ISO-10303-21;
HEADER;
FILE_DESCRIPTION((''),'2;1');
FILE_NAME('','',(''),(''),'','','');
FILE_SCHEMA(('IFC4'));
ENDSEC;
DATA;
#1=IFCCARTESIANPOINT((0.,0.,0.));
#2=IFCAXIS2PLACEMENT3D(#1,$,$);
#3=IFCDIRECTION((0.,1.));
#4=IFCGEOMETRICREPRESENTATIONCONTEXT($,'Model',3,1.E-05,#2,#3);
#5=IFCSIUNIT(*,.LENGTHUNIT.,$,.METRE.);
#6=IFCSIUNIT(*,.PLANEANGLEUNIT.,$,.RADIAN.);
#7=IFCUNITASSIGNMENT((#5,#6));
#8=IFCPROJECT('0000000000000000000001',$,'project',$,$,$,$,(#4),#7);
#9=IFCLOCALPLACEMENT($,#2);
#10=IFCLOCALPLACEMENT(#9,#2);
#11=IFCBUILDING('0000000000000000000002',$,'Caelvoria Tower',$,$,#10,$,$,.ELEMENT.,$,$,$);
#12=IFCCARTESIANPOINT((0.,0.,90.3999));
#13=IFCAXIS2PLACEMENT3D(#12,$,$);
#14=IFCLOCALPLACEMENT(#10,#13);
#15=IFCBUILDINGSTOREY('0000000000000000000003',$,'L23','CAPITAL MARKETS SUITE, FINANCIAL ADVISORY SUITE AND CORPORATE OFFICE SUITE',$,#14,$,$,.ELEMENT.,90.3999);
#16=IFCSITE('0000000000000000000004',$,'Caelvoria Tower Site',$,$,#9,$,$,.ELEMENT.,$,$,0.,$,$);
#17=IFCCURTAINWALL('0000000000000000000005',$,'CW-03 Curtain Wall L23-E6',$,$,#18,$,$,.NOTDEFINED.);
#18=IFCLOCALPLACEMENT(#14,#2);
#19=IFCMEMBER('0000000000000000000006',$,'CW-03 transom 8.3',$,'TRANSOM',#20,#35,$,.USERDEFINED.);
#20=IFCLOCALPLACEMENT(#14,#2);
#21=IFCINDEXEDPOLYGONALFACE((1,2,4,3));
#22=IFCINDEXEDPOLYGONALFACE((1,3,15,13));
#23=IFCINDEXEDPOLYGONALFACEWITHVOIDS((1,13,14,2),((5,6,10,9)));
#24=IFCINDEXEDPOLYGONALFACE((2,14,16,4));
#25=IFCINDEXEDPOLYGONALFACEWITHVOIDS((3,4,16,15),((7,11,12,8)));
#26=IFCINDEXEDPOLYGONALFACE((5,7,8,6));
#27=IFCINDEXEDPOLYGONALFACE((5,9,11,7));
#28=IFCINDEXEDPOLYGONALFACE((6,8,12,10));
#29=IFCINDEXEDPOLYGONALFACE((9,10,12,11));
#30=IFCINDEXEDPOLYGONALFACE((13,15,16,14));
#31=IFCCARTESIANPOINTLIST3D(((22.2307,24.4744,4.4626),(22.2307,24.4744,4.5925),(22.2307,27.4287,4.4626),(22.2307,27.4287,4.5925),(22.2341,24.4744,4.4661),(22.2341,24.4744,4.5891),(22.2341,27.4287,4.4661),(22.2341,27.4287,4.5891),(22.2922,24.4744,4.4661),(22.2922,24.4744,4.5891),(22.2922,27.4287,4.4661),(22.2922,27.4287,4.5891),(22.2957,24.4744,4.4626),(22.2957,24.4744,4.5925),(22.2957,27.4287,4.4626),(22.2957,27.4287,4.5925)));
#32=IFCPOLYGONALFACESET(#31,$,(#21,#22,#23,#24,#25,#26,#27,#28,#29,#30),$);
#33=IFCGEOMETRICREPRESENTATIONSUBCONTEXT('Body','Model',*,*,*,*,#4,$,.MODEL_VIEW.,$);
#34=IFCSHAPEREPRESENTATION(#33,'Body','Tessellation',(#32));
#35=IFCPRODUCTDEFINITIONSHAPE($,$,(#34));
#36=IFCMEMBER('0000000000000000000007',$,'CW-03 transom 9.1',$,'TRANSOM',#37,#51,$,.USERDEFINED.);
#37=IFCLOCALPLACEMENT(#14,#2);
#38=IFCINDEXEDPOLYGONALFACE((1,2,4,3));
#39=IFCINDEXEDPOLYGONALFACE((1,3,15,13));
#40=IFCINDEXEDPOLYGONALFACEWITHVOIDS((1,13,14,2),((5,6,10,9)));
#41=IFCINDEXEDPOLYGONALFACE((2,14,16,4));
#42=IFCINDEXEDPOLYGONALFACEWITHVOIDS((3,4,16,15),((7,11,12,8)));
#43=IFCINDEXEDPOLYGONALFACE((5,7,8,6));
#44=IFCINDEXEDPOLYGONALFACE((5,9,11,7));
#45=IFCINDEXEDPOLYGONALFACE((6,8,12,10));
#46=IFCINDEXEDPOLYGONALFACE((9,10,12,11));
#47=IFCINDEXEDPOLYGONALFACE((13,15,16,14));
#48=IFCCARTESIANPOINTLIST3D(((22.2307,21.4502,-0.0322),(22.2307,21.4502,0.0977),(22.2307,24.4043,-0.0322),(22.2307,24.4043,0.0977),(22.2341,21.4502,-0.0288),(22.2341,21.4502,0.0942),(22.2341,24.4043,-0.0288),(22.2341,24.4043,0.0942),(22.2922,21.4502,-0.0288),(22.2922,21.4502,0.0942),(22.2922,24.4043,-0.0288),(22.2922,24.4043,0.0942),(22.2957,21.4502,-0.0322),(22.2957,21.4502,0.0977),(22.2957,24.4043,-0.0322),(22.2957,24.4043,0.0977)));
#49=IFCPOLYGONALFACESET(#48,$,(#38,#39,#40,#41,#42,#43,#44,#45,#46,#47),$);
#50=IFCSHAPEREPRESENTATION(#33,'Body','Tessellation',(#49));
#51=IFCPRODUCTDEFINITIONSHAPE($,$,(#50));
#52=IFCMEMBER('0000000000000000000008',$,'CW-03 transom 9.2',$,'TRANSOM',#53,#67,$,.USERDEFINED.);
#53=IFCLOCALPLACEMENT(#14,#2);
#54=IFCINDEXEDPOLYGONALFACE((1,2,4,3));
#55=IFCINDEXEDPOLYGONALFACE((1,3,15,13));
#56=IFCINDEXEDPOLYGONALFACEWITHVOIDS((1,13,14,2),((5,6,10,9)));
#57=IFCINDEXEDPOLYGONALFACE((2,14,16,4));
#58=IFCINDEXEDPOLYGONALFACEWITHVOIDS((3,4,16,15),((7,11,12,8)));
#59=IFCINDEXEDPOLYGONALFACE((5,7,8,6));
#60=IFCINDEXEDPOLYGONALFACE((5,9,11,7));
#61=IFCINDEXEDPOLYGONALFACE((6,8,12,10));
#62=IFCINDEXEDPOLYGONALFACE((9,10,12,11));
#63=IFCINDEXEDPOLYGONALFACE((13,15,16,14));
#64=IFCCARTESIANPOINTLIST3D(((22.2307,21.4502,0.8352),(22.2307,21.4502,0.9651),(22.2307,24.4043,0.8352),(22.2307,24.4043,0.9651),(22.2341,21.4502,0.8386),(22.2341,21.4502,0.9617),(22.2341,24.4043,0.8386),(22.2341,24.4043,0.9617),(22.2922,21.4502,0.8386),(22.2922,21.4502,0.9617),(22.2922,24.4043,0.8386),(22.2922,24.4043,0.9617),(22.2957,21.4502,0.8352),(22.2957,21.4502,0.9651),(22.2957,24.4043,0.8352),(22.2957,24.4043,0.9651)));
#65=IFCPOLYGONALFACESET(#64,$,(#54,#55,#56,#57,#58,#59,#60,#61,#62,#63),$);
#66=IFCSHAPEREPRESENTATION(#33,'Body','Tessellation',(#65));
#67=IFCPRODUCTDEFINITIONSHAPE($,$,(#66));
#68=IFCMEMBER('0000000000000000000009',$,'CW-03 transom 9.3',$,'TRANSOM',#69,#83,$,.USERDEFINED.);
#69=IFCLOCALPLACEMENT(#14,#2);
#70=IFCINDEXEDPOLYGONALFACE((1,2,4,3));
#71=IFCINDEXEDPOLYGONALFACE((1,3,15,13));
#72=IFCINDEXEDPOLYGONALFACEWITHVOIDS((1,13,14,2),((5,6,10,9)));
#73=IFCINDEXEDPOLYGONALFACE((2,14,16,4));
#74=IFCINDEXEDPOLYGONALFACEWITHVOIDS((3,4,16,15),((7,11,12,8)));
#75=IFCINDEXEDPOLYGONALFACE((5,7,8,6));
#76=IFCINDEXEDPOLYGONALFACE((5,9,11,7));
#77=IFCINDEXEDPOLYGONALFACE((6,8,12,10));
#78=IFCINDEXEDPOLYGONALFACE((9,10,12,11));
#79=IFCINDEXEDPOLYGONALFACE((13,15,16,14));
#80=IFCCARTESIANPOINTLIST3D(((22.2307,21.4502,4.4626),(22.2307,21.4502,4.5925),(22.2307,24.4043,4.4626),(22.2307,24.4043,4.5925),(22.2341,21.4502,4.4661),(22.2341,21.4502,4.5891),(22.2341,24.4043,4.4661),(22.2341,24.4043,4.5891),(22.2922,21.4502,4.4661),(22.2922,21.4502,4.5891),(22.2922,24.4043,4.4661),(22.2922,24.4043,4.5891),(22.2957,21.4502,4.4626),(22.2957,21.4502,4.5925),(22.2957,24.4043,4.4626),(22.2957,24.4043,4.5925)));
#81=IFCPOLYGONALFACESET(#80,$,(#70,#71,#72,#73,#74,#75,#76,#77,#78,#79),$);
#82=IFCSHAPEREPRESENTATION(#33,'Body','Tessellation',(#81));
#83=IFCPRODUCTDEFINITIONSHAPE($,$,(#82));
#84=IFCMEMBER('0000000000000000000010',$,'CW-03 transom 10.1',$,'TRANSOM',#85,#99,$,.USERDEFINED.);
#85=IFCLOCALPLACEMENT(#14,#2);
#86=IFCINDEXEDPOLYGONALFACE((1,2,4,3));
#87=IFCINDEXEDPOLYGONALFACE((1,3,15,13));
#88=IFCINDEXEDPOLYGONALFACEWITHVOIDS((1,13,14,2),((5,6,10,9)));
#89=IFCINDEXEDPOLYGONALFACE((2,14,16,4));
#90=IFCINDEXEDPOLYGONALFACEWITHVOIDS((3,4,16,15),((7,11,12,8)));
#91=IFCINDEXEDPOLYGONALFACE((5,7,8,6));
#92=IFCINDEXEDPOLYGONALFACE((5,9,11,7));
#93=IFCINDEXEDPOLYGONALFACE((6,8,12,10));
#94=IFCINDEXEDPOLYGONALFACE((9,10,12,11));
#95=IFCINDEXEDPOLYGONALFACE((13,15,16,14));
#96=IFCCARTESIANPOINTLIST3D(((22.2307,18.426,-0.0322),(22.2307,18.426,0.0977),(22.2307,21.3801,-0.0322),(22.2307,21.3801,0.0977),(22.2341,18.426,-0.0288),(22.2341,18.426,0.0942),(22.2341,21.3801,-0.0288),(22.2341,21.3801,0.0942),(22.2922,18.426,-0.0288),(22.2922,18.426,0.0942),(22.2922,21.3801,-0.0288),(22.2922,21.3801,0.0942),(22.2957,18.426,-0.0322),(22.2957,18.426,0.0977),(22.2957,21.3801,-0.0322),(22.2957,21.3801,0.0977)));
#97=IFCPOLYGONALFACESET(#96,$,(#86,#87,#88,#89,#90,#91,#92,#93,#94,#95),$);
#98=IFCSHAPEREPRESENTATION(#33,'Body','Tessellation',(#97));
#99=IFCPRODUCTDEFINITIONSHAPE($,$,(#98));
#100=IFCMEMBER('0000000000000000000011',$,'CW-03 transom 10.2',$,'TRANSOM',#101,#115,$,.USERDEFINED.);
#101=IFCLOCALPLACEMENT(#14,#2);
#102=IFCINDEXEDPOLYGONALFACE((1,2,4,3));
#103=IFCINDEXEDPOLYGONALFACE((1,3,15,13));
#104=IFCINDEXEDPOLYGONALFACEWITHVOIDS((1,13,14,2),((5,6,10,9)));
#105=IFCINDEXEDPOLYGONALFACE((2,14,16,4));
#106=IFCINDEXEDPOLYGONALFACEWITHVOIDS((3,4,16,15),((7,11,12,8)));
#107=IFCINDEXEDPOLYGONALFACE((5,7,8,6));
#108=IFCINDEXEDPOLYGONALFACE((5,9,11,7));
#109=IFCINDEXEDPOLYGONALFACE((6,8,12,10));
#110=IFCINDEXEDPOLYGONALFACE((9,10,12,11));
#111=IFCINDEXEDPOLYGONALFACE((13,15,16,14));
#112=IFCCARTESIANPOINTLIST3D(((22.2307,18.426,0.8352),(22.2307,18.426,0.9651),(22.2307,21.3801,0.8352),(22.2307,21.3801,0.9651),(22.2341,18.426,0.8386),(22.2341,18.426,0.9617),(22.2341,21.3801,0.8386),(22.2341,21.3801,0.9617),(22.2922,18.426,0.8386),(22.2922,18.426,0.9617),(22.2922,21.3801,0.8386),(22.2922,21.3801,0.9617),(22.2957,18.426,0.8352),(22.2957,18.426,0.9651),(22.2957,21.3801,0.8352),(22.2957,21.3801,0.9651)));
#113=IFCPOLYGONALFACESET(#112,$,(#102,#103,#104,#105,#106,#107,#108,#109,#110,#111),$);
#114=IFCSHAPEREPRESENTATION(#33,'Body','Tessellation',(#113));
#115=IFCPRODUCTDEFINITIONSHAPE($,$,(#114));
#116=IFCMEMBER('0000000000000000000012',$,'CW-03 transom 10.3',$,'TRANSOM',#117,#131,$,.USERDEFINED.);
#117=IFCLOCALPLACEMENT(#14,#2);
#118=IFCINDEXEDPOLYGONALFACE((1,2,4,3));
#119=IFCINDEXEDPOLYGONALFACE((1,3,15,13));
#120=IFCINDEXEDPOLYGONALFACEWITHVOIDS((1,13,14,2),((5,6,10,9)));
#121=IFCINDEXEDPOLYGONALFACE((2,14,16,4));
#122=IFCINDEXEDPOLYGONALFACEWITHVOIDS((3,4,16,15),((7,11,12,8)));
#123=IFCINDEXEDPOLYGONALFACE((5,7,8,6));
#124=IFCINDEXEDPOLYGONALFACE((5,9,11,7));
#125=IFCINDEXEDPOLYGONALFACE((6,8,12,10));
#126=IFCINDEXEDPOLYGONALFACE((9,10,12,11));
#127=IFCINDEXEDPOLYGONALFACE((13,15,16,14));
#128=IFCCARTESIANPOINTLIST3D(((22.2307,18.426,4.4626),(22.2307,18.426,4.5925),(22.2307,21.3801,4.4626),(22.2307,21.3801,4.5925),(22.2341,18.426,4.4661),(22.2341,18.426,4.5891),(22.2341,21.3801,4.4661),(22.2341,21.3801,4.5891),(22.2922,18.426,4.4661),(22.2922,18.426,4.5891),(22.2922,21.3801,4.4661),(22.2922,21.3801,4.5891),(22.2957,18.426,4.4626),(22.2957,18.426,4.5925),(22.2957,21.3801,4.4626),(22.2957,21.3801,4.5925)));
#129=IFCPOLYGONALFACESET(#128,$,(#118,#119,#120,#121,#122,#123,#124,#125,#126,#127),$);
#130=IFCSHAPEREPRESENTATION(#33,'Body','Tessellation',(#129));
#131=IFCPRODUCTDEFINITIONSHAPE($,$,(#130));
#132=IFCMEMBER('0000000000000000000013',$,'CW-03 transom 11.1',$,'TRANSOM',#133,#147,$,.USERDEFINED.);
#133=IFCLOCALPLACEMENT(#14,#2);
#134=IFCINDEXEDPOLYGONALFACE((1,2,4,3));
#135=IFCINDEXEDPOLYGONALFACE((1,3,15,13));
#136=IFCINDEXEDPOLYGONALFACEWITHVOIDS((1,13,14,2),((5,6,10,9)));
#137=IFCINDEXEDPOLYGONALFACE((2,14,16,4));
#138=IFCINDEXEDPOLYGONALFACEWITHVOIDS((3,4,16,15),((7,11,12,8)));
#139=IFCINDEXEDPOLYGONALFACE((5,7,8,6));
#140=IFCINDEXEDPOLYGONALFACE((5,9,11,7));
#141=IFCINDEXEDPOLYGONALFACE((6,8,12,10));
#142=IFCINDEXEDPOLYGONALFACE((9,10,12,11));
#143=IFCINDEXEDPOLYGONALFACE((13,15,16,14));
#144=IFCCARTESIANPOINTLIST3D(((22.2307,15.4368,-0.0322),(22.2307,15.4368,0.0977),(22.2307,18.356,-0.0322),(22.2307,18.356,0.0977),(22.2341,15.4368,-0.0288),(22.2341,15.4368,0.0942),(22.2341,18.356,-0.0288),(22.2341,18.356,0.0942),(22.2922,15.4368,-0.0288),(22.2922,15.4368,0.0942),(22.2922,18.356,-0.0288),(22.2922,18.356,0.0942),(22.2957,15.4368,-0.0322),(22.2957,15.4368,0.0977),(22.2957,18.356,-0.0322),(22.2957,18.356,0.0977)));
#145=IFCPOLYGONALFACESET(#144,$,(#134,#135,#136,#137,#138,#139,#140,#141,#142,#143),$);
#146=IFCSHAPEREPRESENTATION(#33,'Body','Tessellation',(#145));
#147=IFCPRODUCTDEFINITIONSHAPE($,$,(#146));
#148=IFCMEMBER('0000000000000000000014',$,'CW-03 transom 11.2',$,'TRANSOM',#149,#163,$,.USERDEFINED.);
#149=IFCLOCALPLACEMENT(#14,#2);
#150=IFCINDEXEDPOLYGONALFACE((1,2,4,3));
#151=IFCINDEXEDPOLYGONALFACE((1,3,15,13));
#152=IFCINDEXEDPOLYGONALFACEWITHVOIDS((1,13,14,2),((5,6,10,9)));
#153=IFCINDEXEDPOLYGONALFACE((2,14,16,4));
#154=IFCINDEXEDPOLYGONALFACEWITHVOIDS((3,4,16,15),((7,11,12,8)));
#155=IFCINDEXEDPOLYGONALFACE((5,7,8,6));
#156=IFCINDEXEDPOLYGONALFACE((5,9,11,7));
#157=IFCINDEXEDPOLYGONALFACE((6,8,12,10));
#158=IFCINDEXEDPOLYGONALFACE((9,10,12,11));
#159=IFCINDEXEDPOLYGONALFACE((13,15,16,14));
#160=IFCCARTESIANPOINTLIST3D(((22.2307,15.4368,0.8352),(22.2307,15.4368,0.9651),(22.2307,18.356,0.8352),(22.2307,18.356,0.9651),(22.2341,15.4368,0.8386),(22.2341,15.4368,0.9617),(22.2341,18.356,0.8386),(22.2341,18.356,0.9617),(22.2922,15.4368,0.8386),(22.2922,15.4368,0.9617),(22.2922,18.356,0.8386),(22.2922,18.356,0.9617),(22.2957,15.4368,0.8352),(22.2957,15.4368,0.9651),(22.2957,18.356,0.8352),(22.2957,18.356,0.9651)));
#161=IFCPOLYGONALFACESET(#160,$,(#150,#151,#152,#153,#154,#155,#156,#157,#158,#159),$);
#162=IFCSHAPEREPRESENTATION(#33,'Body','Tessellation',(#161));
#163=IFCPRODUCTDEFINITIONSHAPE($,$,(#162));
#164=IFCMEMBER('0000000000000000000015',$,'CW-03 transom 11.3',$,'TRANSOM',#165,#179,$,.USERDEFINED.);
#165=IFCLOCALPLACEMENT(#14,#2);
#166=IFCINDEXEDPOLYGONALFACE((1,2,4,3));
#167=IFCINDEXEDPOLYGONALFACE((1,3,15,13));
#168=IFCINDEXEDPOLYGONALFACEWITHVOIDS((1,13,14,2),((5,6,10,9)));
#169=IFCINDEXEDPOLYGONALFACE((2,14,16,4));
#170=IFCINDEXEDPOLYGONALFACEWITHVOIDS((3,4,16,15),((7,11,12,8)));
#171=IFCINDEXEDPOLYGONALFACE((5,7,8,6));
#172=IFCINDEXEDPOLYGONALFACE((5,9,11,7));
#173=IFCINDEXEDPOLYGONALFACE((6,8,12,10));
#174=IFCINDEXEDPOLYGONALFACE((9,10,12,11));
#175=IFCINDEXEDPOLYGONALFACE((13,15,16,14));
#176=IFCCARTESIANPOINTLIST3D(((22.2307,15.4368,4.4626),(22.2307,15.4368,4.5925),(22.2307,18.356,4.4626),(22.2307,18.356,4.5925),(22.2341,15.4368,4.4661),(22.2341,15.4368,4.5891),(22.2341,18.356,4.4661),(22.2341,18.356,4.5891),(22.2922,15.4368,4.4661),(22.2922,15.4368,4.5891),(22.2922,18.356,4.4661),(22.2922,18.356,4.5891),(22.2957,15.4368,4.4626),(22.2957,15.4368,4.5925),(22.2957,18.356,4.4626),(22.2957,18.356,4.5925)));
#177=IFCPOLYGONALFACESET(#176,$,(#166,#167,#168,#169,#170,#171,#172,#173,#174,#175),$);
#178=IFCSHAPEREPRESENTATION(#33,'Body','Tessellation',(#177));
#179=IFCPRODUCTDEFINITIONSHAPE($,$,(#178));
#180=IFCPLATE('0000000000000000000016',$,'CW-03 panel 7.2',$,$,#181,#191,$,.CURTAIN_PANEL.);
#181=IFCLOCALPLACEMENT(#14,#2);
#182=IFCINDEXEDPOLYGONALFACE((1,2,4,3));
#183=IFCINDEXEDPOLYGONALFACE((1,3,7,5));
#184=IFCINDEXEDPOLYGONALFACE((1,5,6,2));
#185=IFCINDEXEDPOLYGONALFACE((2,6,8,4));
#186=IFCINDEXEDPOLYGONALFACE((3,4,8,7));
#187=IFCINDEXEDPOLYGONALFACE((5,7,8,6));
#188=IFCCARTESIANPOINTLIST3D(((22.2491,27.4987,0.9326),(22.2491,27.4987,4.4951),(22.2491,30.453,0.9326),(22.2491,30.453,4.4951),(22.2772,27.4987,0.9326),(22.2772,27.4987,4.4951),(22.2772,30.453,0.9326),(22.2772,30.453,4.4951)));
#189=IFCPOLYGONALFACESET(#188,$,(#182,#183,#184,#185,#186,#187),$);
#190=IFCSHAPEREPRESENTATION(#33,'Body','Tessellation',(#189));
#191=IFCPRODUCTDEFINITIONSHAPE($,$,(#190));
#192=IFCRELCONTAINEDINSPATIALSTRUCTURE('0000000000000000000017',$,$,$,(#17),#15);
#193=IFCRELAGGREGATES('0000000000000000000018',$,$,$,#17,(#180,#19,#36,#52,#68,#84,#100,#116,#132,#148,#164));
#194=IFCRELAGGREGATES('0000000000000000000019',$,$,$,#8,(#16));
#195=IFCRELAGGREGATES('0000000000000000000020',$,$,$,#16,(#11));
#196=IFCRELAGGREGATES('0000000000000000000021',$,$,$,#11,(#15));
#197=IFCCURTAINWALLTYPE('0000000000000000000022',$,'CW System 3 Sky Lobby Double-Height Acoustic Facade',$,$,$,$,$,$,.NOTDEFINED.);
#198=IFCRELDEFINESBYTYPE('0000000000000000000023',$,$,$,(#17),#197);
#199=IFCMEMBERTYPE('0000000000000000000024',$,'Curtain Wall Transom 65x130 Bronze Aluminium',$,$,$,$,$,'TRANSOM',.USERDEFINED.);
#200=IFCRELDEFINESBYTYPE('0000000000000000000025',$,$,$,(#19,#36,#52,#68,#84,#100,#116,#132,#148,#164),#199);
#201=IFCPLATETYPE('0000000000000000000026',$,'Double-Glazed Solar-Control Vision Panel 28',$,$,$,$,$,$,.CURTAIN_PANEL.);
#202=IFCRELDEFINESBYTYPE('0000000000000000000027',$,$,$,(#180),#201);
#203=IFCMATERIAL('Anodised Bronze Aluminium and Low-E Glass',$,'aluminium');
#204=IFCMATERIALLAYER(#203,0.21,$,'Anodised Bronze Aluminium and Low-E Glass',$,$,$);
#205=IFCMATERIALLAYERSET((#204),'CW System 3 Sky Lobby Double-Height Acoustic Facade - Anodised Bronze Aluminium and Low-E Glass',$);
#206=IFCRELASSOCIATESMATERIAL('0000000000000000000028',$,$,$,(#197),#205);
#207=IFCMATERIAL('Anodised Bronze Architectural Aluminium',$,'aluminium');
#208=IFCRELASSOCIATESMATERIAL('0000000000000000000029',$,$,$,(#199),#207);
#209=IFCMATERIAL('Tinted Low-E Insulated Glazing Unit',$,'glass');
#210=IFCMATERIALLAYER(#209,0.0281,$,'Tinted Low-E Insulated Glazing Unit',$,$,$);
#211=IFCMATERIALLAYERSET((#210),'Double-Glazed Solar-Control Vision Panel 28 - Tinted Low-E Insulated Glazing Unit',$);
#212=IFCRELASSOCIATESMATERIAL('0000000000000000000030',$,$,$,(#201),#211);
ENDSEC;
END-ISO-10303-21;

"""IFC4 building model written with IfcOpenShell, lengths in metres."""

from ifc_helpers import new_model, si_unit, direction, frame, origin, origin_2d, place, context, subcontext, project, spatial, rectangle, hollow_rectangle, extrude, material, layer, layer_set, material_profile, profile_set, type_object, element, aggregate, save


model = new_model("IFC4")

# Units and contexts
model_context = context("Model", 3, precision=1e-05, world=origin(), true_north=direction((0.0, 1.0)))
body_context = subcontext(model_context, "Body", "Model", "MODEL_VIEW")
ifc_project = project(units=[si_unit("LENGTHUNIT", "METRE"), si_unit("PLANEANGLEUNIT", "RADIAN")], contexts=[model_context])

# Site, building, storey
site_placement = place(None, origin())
site = spatial("IfcSite", under=ifc_project, at=site_placement, Name="Caelvoria Tower Site", CompositionType="ELEMENT", RefElevation=0.0)
building_placement = place(site_placement, origin())
building = spatial("IfcBuilding", under=site, at=building_placement, Name="Caelvoria Tower", CompositionType="ELEMENT")
storey_placement = place(building_placement, frame((0.0, 0.0, 90.3999)))
storey = spatial("IfcBuildingStorey", under=building, at=storey_placement, Name="L23", Description="CAPITAL MARKETS SUITE, FINANCIAL ADVISORY SUITE AND CORPORATE OFFICE SUITE", CompositionType="ELEMENT", Elevation=90.3999)

# Curtain wall
ifc_material_1 = material(Name="Anodised Bronze Aluminium and Low-E Glass", Category="aluminium")
ifc_layer_1 = layer(ifc_material_1, 0.21, Name="Anodised Bronze Aluminium and Low-E Glass")
ifc_layer_set_1 = layer_set([ifc_layer_1], Name="CW System 3 Sky Lobby Double-Height Acoustic Facade - Anodised Bronze Aluminium and Low-E Glass")
curtain_wall_type = type_object("IfcCurtainWallType", Name="CW System 3 Sky Lobby Double-Height Acoustic Facade", PredefinedType="NOTDEFINED", material=ifc_layer_set_1)
curtain_wall_1_placement = place(storey_placement, origin())
curtain_wall_1 = element("IfcCurtainWall", 1, at=curtain_wall_1_placement, inside=storey, type_object=curtain_wall_type, Name="CW-03 Curtain Wall L23-E6", PredefinedType="NOTDEFINED")
ifc_material_2 = material(Name="Anodised Bronze Architectural Aluminium", Category="aluminium")

# Members
ifc_material_profile_1 = material_profile(ifc_material_2, hollow_rectangle(XDim=0.0649, YDim=0.1299, WallThickness=0.0034, at=origin_2d()), Name="Anodised Bronze Architectural Aluminium")
ifc_profile_set_1 = profile_set([ifc_material_profile_1], Name="CW_TRAN_65X130 - Anodised Bronze Architectural Aluminium")
member_type_1 = type_object("IfcMemberType", Name="Curtain Wall Transom 65x130 Bronze Aluminium", ElementType="TRANSOM", PredefinedType="USERDEFINED", material=ifc_profile_set_1)
member_1_placement = place(storey_placement, frame((22.2632, 27.4287, 4.5276), z_axis=(0.0, -1.0, 0.0), x_axis=(1.0, 0.0, 0.0)))
member_1 = element("IfcMember", 2, at=member_1_placement, type_object=member_type_1, Name="CW-03 transom 8.3", ObjectType="TRANSOM", PredefinedType="USERDEFINED", context=body_context, shape_type="SweptSolid", body=[
    extrude(hollow_rectangle(XDim=0.0649, YDim=0.1299, WallThickness=0.0034, at=origin_2d()), origin(), (0.0, 0.0, 1.0), 2.9543),
])
member_2_placement = place(storey_placement, frame((22.2632, 24.4043, 0.0327), z_axis=(0.0, -1.0, 0.0), x_axis=(1.0, 0.0, 0.0)))
member_2 = element("IfcMember", 3, at=member_2_placement, type_object=member_type_1, Name="CW-03 transom 9.1", ObjectType="TRANSOM", PredefinedType="USERDEFINED", context=body_context, shape_type="SweptSolid", body=[
    extrude(hollow_rectangle(XDim=0.0649, YDim=0.1299, WallThickness=0.0034, at=origin_2d()), origin(), (0.0, 0.0, 1.0), 2.9541),
])
member_3_placement = place(storey_placement, frame((22.2632, 24.4043, 0.9001), z_axis=(0.0, -1.0, 0.0), x_axis=(1.0, 0.0, 0.0)))
member_3 = element("IfcMember", 4, at=member_3_placement, type_object=member_type_1, Name="CW-03 transom 9.2", ObjectType="TRANSOM", PredefinedType="USERDEFINED", context=body_context, shape_type="SweptSolid", body=[
    extrude(hollow_rectangle(XDim=0.0649, YDim=0.1299, WallThickness=0.0034, at=origin_2d()), origin(), (0.0, 0.0, 1.0), 2.9541),
])
member_4_placement = place(storey_placement, frame((22.2632, 24.4043, 4.5276), z_axis=(0.0, -1.0, 0.0), x_axis=(1.0, 0.0, 0.0)))
member_4 = element("IfcMember", 5, at=member_4_placement, type_object=member_type_1, Name="CW-03 transom 9.3", ObjectType="TRANSOM", PredefinedType="USERDEFINED", context=body_context, shape_type="SweptSolid", body=[
    extrude(hollow_rectangle(XDim=0.0649, YDim=0.1299, WallThickness=0.0034, at=origin_2d()), origin(), (0.0, 0.0, 1.0), 2.9541),
])
member_5_placement = place(storey_placement, frame((22.2632, 21.3801, 0.0327), z_axis=(0.0, -1.0, 0.0), x_axis=(1.0, 0.0, 0.0)))
member_5 = element("IfcMember", 6, at=member_5_placement, type_object=member_type_1, Name="CW-03 transom 10.1", ObjectType="TRANSOM", PredefinedType="USERDEFINED", context=body_context, shape_type="SweptSolid", body=[
    extrude(hollow_rectangle(XDim=0.0649, YDim=0.1299, WallThickness=0.0034, at=origin_2d()), origin(), (0.0, 0.0, 1.0), 2.9541),
])
member_6_placement = place(storey_placement, frame((22.2632, 21.3801, 0.9001), z_axis=(0.0, -1.0, 0.0), x_axis=(1.0, 0.0, 0.0)))
member_6 = element("IfcMember", 7, at=member_6_placement, type_object=member_type_1, Name="CW-03 transom 10.2", ObjectType="TRANSOM", PredefinedType="USERDEFINED", context=body_context, shape_type="SweptSolid", body=[
    extrude(hollow_rectangle(XDim=0.0649, YDim=0.1299, WallThickness=0.0034, at=origin_2d()), origin(), (0.0, 0.0, 1.0), 2.9541),
])
member_7_placement = place(storey_placement, frame((22.2632, 21.3801, 4.5276), z_axis=(0.0, -1.0, 0.0), x_axis=(1.0, 0.0, 0.0)))
member_7 = element("IfcMember", 8, at=member_7_placement, type_object=member_type_1, Name="CW-03 transom 10.3", ObjectType="TRANSOM", PredefinedType="USERDEFINED", context=body_context, shape_type="SweptSolid", body=[
    extrude(hollow_rectangle(XDim=0.0649, YDim=0.1299, WallThickness=0.0034, at=origin_2d()), origin(), (0.0, 0.0, 1.0), 2.9541),
])
member_8_placement = place(storey_placement, frame((22.2632, 18.356, 0.0327), z_axis=(0.0, -1.0, 0.0), x_axis=(1.0, 0.0, 0.0)))
member_8 = element("IfcMember", 9, at=member_8_placement, type_object=member_type_1, Name="CW-03 transom 11.1", ObjectType="TRANSOM", PredefinedType="USERDEFINED", context=body_context, shape_type="SweptSolid", body=[
    extrude(hollow_rectangle(XDim=0.0649, YDim=0.1299, WallThickness=0.0034, at=origin_2d()), origin(), (0.0, 0.0, 1.0), 2.9192),
])
member_9_placement = place(storey_placement, frame((22.2632, 18.356, 0.9001), z_axis=(0.0, -1.0, 0.0), x_axis=(1.0, 0.0, 0.0)))
member_9 = element("IfcMember", 10, at=member_9_placement, type_object=member_type_1, Name="CW-03 transom 11.2", ObjectType="TRANSOM", PredefinedType="USERDEFINED", context=body_context, shape_type="SweptSolid", body=[
    extrude(hollow_rectangle(XDim=0.0649, YDim=0.1299, WallThickness=0.0034, at=origin_2d()), origin(), (0.0, 0.0, 1.0), 2.9192),
])
member_10_placement = place(storey_placement, frame((22.2632, 18.356, 4.5276), z_axis=(0.0, -1.0, 0.0), x_axis=(1.0, 0.0, 0.0)))
member_10 = element("IfcMember", 11, at=member_10_placement, type_object=member_type_1, Name="CW-03 transom 11.3", ObjectType="TRANSOM", PredefinedType="USERDEFINED", context=body_context, shape_type="SweptSolid", body=[
    extrude(hollow_rectangle(XDim=0.0649, YDim=0.1299, WallThickness=0.0034, at=origin_2d()), origin(), (0.0, 0.0, 1.0), 2.9192),
])

# Plate
ifc_material_3 = material(Name="Tinted Low-E Insulated Glazing Unit", Category="glass")
ifc_layer_2 = layer(ifc_material_3, 0.0281, Name="Tinted Low-E Insulated Glazing Unit")
ifc_layer_set_2 = layer_set([ifc_layer_2], Name="Double-Glazed Solar-Control Vision Panel 28 - Tinted Low-E Insulated Glazing Unit")
plate_type_1 = type_object("IfcPlateType", Name="Double-Glazed Solar-Control Vision Panel 28", PredefinedType="CURTAIN_PANEL", material=ifc_layer_set_2)
plate_1_placement = place(storey_placement, frame((22.2632, 28.9758, 0.9326), z_axis=(0.0, 0.0, 1.0), x_axis=(0.0, -1.0, 0.0)))
plate_1 = element("IfcPlate", 12, at=plate_1_placement, type_object=plate_type_1, Name="CW-03 panel 7.2", PredefinedType="CURTAIN_PANEL", context=body_context, shape_type="SweptSolid", body=[
    extrude(rectangle(XDim=2.9543, YDim=0.0281, at=origin_2d()), origin(), (0.0, 0.0, 1.0), 3.5625),
])
aggregate(curtain_wall_1, [plate_1, member_1, member_2, member_3, member_4, member_5, member_6, member_7, member_8, member_9, member_10])

save(model, "model.ifc")
